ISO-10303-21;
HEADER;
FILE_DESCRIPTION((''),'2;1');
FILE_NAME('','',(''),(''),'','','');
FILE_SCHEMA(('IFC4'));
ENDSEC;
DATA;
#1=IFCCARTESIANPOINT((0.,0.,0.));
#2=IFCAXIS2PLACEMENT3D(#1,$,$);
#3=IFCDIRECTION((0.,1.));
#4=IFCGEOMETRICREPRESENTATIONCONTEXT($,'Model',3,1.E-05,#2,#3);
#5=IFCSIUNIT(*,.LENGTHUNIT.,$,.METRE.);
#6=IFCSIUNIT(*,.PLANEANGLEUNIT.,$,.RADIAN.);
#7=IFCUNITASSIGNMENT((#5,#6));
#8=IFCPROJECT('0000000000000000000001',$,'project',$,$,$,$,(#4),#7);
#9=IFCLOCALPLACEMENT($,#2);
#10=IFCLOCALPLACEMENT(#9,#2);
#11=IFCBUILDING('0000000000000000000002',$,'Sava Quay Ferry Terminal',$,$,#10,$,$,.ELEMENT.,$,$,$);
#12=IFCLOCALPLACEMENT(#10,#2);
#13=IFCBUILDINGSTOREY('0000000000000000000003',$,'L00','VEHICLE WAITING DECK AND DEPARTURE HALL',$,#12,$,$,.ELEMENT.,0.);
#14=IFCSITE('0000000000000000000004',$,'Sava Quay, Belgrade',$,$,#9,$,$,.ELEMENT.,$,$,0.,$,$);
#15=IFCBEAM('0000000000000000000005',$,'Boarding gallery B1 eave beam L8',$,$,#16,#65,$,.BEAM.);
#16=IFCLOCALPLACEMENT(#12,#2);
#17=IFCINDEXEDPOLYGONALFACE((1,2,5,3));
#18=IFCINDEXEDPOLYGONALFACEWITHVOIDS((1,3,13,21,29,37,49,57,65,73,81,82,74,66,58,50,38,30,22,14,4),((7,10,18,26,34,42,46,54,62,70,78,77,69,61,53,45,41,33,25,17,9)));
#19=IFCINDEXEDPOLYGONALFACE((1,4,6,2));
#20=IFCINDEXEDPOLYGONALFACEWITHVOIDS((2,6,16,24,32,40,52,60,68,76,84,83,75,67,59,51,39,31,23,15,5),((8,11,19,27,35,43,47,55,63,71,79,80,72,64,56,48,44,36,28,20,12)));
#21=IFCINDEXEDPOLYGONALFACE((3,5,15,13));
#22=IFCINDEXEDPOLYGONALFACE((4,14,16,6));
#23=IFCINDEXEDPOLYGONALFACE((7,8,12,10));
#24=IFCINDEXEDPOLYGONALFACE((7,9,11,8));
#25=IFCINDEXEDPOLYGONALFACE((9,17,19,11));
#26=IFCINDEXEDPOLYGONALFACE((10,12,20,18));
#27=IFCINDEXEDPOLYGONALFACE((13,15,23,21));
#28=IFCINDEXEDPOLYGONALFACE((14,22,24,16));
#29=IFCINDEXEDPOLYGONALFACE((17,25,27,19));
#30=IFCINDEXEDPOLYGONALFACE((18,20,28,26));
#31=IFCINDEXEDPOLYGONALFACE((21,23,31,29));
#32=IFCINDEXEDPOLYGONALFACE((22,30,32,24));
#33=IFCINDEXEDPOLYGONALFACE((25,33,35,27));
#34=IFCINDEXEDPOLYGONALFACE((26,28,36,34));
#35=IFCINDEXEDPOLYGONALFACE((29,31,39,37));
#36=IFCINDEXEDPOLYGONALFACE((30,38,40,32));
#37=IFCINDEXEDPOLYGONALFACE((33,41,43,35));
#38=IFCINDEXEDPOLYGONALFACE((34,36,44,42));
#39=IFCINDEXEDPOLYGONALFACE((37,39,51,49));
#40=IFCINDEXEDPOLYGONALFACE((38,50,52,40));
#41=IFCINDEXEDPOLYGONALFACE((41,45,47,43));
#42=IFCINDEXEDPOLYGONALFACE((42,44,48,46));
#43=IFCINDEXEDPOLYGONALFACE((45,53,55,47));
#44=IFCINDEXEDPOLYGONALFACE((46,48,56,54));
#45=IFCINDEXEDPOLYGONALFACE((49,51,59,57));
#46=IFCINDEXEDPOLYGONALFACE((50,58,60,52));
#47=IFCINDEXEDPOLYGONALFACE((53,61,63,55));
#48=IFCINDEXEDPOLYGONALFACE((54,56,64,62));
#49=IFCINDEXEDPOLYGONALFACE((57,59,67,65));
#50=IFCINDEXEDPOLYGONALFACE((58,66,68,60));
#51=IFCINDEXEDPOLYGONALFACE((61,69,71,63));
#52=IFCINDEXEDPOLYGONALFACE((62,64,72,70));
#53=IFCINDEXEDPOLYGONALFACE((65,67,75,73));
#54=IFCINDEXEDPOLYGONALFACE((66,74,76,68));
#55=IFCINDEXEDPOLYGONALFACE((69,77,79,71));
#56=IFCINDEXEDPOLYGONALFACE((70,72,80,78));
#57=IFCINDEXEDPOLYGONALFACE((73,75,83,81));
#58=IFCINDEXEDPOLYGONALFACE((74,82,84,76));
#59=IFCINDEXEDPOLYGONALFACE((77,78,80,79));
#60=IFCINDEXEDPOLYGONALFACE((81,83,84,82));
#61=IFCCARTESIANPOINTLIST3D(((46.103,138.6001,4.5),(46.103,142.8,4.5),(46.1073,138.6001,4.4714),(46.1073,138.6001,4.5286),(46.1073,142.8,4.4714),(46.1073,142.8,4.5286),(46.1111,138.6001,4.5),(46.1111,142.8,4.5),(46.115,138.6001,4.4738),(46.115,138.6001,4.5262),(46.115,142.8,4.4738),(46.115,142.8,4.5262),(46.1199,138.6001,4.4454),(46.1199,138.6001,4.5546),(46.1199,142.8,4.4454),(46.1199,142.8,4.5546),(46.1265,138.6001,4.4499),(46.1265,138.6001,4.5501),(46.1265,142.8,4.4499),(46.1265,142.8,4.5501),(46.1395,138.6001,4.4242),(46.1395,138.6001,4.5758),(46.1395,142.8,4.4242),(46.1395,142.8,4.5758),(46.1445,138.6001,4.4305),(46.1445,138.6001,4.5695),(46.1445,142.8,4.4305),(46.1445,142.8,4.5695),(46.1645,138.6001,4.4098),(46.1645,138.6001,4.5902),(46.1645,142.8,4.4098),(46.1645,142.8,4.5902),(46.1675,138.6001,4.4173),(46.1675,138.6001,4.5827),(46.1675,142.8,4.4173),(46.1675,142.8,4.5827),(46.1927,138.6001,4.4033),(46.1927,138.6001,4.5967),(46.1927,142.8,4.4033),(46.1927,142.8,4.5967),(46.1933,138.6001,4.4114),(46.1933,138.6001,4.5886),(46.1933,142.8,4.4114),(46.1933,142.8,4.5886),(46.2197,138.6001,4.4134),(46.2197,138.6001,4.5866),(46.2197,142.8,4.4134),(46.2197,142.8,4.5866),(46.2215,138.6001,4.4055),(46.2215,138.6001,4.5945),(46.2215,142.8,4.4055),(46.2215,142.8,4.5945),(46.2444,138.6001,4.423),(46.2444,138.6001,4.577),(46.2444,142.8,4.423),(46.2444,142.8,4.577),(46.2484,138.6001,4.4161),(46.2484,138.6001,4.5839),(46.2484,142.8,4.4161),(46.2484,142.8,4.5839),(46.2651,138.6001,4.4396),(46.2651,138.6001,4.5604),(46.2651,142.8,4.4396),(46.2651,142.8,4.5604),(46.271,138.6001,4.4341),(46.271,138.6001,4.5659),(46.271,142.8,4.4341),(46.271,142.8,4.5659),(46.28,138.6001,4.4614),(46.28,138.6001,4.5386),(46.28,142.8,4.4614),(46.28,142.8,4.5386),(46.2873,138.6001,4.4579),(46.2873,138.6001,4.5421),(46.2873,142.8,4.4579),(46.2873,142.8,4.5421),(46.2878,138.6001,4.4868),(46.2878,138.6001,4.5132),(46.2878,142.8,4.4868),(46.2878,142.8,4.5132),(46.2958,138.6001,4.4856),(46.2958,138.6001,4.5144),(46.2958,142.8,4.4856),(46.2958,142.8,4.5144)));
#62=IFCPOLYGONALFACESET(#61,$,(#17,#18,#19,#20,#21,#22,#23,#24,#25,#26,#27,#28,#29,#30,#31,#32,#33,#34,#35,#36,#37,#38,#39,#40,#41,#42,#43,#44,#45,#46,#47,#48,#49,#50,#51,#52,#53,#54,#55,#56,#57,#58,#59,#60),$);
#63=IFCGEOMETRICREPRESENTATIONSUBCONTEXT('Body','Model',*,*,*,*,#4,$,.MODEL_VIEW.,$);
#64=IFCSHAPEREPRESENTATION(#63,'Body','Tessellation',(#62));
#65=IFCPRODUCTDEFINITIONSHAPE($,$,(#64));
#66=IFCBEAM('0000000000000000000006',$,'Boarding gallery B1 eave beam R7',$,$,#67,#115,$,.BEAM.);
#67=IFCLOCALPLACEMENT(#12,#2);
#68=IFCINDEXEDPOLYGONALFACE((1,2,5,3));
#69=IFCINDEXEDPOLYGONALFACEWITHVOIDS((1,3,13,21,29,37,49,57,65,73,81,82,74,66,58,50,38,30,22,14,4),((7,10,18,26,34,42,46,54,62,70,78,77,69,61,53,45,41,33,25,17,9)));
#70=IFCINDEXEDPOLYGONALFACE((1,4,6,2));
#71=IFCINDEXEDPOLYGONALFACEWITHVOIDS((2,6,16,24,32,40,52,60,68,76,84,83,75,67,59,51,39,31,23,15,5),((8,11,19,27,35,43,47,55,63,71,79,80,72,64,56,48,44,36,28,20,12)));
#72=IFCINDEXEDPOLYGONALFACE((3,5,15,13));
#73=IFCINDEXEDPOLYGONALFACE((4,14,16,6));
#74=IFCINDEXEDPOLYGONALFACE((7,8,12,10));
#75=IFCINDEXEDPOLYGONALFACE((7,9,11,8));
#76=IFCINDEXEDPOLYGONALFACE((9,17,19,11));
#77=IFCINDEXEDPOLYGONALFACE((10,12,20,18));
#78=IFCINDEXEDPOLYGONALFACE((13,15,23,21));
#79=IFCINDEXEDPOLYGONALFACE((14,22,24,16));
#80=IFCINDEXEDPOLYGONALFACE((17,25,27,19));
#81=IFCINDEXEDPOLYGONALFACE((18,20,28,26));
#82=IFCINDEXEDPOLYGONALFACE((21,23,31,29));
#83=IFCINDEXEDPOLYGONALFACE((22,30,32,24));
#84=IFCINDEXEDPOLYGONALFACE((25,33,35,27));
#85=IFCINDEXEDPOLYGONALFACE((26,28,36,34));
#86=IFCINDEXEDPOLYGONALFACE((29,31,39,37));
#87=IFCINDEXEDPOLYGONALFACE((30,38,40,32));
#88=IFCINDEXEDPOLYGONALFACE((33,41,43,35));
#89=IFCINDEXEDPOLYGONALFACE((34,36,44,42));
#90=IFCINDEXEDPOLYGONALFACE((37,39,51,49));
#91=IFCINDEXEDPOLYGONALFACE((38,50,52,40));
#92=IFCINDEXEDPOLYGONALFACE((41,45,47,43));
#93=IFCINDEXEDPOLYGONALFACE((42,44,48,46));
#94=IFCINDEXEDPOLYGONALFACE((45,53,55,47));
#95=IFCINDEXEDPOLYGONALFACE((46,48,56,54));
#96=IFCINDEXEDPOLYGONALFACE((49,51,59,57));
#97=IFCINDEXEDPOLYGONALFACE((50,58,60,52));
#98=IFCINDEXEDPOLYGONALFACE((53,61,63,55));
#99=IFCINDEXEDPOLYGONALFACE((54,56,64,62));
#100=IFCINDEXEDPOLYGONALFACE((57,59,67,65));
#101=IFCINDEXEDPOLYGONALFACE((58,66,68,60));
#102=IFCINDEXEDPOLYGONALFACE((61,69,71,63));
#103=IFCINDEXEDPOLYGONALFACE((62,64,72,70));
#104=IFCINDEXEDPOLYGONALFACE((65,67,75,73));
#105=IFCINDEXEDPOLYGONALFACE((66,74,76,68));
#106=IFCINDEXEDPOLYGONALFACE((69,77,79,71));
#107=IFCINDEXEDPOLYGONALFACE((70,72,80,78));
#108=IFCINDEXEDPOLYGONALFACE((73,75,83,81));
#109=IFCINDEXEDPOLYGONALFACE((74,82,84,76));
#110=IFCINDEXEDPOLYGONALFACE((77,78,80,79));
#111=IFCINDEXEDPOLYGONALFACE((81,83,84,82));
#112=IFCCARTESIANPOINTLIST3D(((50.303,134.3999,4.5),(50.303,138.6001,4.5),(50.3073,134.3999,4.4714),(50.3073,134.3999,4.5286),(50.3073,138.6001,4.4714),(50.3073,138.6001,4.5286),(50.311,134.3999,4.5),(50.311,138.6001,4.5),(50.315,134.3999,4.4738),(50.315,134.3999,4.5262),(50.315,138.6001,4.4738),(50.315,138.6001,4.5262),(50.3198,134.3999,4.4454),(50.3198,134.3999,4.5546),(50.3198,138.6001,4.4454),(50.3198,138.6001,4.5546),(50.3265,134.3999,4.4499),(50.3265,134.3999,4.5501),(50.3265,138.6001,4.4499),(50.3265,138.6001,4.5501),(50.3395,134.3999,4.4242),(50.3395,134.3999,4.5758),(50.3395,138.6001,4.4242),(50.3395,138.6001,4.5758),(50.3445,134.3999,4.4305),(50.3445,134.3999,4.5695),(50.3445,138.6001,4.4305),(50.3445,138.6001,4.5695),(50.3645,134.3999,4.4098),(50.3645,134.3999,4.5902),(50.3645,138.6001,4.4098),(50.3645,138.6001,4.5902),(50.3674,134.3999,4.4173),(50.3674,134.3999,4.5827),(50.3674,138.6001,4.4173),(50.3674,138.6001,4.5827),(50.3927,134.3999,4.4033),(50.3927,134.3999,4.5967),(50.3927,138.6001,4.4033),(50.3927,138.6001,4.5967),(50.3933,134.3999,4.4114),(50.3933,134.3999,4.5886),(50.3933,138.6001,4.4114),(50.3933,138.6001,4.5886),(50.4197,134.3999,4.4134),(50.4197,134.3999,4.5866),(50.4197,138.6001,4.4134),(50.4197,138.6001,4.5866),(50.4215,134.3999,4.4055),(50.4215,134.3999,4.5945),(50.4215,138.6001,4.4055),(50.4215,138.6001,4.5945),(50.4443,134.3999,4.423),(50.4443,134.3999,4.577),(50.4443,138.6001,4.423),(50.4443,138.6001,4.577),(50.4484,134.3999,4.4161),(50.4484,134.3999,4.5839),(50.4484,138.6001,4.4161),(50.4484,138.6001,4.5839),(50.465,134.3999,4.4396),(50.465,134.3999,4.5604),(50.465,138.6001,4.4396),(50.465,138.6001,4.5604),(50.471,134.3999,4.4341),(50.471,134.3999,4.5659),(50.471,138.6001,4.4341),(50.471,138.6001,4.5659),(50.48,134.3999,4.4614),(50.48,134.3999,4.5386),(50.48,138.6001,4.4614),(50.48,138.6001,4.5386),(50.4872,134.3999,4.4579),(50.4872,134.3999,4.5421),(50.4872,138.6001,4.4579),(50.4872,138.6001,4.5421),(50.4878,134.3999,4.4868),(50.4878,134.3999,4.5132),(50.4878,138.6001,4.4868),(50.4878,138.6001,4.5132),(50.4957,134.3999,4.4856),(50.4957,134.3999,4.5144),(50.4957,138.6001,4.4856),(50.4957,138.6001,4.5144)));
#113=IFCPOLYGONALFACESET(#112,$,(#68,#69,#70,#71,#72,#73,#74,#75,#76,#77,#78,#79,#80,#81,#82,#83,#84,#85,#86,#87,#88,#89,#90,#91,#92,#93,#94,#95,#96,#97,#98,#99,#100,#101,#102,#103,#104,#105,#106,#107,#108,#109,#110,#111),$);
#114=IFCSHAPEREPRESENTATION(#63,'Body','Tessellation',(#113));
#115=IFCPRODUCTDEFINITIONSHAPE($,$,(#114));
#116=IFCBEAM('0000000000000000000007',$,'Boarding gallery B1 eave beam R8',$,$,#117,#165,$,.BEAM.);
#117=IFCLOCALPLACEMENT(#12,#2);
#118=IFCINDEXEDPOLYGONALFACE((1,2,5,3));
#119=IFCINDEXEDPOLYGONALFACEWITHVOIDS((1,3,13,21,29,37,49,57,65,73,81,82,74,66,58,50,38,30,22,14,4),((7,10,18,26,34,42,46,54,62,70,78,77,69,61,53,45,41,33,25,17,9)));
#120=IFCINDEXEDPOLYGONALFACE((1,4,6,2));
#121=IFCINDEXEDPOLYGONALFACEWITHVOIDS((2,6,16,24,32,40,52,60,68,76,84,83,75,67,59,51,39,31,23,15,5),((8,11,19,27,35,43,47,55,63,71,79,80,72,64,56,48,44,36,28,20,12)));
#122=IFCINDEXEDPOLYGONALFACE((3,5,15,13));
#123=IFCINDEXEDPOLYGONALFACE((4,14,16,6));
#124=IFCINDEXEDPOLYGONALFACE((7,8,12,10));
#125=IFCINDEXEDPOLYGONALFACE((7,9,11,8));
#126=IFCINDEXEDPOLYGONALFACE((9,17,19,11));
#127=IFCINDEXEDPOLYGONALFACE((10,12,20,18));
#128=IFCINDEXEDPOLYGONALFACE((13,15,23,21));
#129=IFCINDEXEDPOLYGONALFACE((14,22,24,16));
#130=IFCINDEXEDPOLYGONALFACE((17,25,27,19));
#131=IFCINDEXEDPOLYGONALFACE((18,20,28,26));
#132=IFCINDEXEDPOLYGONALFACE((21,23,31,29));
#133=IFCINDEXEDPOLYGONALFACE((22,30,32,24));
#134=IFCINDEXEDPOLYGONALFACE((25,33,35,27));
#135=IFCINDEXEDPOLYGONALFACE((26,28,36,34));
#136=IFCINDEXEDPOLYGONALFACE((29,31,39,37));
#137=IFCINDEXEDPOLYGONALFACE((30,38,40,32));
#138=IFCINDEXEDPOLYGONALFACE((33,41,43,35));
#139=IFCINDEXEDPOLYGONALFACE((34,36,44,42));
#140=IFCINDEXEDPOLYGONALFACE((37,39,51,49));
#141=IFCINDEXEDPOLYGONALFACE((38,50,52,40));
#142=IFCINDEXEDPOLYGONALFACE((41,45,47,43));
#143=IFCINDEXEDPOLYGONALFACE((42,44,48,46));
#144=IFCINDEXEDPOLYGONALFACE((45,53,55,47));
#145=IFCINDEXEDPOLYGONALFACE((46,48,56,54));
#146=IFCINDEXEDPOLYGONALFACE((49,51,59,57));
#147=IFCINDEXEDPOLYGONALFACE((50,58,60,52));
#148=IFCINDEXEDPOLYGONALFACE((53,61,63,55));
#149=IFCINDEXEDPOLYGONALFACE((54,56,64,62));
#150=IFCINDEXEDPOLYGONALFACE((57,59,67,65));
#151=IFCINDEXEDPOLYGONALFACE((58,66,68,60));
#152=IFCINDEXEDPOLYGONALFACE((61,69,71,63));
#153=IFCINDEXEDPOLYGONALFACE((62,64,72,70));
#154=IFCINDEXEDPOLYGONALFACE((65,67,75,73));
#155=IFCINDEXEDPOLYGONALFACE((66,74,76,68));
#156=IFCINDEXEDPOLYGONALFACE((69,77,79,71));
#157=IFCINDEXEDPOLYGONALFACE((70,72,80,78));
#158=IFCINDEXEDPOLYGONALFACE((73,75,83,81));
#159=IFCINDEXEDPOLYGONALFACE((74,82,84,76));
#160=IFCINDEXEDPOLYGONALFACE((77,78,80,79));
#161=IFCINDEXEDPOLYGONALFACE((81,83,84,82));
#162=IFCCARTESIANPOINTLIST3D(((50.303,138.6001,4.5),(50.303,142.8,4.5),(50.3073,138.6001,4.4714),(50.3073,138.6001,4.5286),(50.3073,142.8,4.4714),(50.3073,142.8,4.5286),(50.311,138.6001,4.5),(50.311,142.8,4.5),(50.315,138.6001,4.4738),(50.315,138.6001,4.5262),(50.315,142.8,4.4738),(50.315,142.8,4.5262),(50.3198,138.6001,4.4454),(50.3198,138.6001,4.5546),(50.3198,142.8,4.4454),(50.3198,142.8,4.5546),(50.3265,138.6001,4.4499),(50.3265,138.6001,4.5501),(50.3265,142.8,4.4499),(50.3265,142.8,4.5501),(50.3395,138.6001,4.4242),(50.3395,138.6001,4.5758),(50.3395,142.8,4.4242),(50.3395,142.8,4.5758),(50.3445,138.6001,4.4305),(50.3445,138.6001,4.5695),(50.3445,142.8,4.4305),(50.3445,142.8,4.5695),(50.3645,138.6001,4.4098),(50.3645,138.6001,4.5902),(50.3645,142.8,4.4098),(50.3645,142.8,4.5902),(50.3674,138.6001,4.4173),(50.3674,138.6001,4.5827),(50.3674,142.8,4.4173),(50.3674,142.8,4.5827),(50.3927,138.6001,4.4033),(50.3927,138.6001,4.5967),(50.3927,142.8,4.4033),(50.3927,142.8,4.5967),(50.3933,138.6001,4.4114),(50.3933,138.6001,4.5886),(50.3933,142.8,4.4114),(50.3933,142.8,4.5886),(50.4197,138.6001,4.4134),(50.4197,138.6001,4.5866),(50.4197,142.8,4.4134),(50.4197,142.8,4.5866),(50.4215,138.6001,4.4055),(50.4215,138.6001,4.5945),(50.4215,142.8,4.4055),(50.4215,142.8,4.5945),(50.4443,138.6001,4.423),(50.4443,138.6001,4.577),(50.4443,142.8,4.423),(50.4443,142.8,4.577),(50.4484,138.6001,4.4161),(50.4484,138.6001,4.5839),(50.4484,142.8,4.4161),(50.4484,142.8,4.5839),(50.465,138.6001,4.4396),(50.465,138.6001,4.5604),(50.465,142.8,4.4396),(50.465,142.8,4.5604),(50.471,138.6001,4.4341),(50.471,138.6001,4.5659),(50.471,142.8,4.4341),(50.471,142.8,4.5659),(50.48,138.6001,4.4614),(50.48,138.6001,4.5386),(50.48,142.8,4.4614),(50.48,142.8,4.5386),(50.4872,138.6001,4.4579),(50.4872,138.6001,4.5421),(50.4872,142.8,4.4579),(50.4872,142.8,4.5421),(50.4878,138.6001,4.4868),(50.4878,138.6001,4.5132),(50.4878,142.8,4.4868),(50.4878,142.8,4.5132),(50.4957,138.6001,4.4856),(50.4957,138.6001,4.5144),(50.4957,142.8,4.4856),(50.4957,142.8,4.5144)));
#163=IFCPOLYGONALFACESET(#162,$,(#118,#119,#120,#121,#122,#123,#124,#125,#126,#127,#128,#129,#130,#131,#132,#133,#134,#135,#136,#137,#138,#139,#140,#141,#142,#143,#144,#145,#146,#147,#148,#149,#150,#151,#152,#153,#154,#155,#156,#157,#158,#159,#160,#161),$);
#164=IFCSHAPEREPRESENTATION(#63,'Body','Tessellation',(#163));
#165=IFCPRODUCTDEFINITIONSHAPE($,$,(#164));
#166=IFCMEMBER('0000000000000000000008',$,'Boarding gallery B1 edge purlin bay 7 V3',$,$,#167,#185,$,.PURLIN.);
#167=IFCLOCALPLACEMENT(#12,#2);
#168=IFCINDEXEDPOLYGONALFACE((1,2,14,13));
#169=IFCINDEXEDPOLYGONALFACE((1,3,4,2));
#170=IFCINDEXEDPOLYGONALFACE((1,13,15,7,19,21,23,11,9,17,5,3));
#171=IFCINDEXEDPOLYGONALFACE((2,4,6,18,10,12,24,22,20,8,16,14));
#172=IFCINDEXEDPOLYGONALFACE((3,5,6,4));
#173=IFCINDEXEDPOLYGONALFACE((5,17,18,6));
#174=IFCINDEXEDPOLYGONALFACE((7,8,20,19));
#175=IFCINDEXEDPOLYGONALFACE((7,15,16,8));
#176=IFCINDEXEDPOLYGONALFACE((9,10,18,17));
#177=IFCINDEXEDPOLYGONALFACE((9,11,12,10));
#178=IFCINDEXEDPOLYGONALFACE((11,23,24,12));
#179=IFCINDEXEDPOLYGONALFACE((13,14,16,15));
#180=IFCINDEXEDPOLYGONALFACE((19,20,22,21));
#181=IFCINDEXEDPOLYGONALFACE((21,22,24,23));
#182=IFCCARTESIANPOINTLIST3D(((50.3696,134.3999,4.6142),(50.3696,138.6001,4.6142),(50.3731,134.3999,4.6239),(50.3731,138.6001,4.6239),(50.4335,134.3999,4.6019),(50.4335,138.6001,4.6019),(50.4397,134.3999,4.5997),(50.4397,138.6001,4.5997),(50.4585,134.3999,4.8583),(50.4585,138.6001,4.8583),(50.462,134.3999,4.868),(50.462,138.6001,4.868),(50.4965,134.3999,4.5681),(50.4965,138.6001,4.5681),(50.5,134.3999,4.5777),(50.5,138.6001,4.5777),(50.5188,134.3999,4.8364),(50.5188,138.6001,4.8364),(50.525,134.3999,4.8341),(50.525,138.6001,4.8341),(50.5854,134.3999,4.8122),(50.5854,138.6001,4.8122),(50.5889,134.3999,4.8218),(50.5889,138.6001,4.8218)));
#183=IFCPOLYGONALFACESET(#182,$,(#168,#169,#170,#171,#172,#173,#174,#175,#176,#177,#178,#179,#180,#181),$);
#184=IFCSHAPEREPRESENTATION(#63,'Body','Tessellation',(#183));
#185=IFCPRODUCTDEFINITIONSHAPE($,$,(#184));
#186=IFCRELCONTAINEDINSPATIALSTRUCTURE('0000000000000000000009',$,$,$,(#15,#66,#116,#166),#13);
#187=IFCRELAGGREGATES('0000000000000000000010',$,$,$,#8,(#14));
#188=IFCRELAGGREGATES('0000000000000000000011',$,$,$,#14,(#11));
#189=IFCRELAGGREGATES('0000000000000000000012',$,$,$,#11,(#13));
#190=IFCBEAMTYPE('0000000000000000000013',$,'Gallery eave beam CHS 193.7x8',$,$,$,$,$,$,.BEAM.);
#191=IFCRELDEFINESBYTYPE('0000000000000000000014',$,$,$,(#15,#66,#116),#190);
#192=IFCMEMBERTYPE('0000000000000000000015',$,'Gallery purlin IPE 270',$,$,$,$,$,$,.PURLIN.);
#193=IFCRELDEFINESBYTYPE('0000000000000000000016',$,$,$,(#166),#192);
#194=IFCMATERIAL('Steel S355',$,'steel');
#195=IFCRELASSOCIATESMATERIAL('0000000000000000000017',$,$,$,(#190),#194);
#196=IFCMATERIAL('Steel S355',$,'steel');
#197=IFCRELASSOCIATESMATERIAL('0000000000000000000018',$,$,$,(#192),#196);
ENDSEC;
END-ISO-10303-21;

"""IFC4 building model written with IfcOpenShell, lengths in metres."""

from ifc_helpers import new_model, si_unit, direction, frame, origin, origin_2d, place, context, subcontext, project, spatial, hollow_circle, i_section, extrude, material, material_profile, profile_set, type_object, element, save


model = new_model("IFC4")

# Units and contexts
model_context = context("Model", 3, precision=1e-05, world=origin(), true_north=direction((0.0, 1.0)))
body_context = subcontext(model_context, "Body", "Model", "MODEL_VIEW")
ifc_project = project(units=[si_unit("LENGTHUNIT", "METRE"), si_unit("PLANEANGLEUNIT", "RADIAN")], contexts=[model_context])

# Site, building, storey
site_placement = place(None, origin())
site = spatial("IfcSite", under=ifc_project, at=site_placement, Name="Sava Quay, Belgrade", CompositionType="ELEMENT", RefElevation=0.0)
building_placement = place(site_placement, origin())
building = spatial("IfcBuilding", under=site, at=building_placement, Name="Sava Quay Ferry Terminal", CompositionType="ELEMENT")
storey_placement = place(building_placement, origin())
storey = spatial("IfcBuildingStorey", under=building, at=storey_placement, Name="L00", Description="VEHICLE WAITING DECK AND DEPARTURE HALL", CompositionType="ELEMENT", Elevation=0.0)

# Beams
ifc_material_1 = material(Name="Steel S355", Category="steel")
ifc_material_profile_1 = material_profile(ifc_material_1, hollow_circle(Radius=0.0969, WallThickness=0.0081, at=origin_2d()), Name="CHS 193.7 x 8.0")
ifc_profile_set_1 = profile_set([ifc_material_profile_1], Name="Steel S355")
beam_type_1 = type_object("IfcBeamType", Name="Gallery eave beam CHS 193.7x8", PredefinedType="BEAM", material=ifc_profile_set_1)
beam_1_placement = place(storey_placement, frame((46.2, 138.6001, 4.5), z_axis=(0.0, 1.0, 0.0), x_axis=(-1.0, 0.0, 0.0)))
element("IfcBeam", 1, at=beam_1_placement, inside=storey, type_object=beam_type_1, Name="Boarding gallery B1 eave beam L8", PredefinedType="BEAM", context=body_context, shape_type="SweptSolid", body=[
    extrude(hollow_circle(Radius=0.0969, WallThickness=0.0081, at=origin_2d()), origin(), (0.0, 0.0, 1.0), 4.2),
])
beam_2_placement = place(storey_placement, frame((50.3999, 134.3999, 4.5), z_axis=(0.0, 1.0, 0.0), x_axis=(-1.0, 0.0, 0.0)))
element("IfcBeam", 2, at=beam_2_placement, inside=storey, type_object=beam_type_1, Name="Boarding gallery B1 eave beam R7", PredefinedType="BEAM", context=body_context, shape_type="SweptSolid", body=[
    extrude(hollow_circle(Radius=0.0969, WallThickness=0.0081, at=origin_2d()), origin(), (0.0, 0.0, 1.0), 4.2002),
])
beam_3_placement = place(storey_placement, frame((50.3999, 138.6001, 4.5), z_axis=(0.0, 1.0, 0.0), x_axis=(-1.0, 0.0, 0.0)))
element("IfcBeam", 3, at=beam_3_placement, inside=storey, type_object=beam_type_1, Name="Boarding gallery B1 eave beam R8", PredefinedType="BEAM", context=body_context, shape_type="SweptSolid", body=[
    extrude(hollow_circle(Radius=0.0969, WallThickness=0.0081, at=origin_2d()), origin(), (0.0, 0.0, 1.0), 4.2),
])

# Member
ifc_material_2 = material(Name="Steel S355", Category="steel")
ifc_material_profile_2 = material_profile(ifc_material_2, i_section(OverallWidth=0.135, OverallDepth=0.27, WebThickness=0.0066, FlangeThickness=0.0103, at=origin_2d()), Name="IPE 270")
ifc_profile_set_2 = profile_set([ifc_material_profile_2], Name="Steel S355")
member_type_1 = type_object("IfcMemberType", Name="Gallery purlin IPE 270", PredefinedType="PURLIN", material=ifc_profile_set_2)
member_1_placement = place(storey_placement, frame((50.4792, 134.3999, 4.718), z_axis=(0.0, 1.0, 0.0), x_axis=(-0.939693, 0.0, 0.34202)))
element("IfcMember", 4, at=member_1_placement, inside=storey, type_object=member_type_1, Name="Boarding gallery B1 edge purlin bay 7 V3", PredefinedType="PURLIN", context=body_context, shape_type="SweptSolid", body=[
    extrude(i_section(OverallWidth=0.135, OverallDepth=0.27, WebThickness=0.0066, FlangeThickness=0.0103, at=origin_2d()), origin(), (0.0, 0.0, 1.0), 4.2002),
])

save(model, "model.ifc")
